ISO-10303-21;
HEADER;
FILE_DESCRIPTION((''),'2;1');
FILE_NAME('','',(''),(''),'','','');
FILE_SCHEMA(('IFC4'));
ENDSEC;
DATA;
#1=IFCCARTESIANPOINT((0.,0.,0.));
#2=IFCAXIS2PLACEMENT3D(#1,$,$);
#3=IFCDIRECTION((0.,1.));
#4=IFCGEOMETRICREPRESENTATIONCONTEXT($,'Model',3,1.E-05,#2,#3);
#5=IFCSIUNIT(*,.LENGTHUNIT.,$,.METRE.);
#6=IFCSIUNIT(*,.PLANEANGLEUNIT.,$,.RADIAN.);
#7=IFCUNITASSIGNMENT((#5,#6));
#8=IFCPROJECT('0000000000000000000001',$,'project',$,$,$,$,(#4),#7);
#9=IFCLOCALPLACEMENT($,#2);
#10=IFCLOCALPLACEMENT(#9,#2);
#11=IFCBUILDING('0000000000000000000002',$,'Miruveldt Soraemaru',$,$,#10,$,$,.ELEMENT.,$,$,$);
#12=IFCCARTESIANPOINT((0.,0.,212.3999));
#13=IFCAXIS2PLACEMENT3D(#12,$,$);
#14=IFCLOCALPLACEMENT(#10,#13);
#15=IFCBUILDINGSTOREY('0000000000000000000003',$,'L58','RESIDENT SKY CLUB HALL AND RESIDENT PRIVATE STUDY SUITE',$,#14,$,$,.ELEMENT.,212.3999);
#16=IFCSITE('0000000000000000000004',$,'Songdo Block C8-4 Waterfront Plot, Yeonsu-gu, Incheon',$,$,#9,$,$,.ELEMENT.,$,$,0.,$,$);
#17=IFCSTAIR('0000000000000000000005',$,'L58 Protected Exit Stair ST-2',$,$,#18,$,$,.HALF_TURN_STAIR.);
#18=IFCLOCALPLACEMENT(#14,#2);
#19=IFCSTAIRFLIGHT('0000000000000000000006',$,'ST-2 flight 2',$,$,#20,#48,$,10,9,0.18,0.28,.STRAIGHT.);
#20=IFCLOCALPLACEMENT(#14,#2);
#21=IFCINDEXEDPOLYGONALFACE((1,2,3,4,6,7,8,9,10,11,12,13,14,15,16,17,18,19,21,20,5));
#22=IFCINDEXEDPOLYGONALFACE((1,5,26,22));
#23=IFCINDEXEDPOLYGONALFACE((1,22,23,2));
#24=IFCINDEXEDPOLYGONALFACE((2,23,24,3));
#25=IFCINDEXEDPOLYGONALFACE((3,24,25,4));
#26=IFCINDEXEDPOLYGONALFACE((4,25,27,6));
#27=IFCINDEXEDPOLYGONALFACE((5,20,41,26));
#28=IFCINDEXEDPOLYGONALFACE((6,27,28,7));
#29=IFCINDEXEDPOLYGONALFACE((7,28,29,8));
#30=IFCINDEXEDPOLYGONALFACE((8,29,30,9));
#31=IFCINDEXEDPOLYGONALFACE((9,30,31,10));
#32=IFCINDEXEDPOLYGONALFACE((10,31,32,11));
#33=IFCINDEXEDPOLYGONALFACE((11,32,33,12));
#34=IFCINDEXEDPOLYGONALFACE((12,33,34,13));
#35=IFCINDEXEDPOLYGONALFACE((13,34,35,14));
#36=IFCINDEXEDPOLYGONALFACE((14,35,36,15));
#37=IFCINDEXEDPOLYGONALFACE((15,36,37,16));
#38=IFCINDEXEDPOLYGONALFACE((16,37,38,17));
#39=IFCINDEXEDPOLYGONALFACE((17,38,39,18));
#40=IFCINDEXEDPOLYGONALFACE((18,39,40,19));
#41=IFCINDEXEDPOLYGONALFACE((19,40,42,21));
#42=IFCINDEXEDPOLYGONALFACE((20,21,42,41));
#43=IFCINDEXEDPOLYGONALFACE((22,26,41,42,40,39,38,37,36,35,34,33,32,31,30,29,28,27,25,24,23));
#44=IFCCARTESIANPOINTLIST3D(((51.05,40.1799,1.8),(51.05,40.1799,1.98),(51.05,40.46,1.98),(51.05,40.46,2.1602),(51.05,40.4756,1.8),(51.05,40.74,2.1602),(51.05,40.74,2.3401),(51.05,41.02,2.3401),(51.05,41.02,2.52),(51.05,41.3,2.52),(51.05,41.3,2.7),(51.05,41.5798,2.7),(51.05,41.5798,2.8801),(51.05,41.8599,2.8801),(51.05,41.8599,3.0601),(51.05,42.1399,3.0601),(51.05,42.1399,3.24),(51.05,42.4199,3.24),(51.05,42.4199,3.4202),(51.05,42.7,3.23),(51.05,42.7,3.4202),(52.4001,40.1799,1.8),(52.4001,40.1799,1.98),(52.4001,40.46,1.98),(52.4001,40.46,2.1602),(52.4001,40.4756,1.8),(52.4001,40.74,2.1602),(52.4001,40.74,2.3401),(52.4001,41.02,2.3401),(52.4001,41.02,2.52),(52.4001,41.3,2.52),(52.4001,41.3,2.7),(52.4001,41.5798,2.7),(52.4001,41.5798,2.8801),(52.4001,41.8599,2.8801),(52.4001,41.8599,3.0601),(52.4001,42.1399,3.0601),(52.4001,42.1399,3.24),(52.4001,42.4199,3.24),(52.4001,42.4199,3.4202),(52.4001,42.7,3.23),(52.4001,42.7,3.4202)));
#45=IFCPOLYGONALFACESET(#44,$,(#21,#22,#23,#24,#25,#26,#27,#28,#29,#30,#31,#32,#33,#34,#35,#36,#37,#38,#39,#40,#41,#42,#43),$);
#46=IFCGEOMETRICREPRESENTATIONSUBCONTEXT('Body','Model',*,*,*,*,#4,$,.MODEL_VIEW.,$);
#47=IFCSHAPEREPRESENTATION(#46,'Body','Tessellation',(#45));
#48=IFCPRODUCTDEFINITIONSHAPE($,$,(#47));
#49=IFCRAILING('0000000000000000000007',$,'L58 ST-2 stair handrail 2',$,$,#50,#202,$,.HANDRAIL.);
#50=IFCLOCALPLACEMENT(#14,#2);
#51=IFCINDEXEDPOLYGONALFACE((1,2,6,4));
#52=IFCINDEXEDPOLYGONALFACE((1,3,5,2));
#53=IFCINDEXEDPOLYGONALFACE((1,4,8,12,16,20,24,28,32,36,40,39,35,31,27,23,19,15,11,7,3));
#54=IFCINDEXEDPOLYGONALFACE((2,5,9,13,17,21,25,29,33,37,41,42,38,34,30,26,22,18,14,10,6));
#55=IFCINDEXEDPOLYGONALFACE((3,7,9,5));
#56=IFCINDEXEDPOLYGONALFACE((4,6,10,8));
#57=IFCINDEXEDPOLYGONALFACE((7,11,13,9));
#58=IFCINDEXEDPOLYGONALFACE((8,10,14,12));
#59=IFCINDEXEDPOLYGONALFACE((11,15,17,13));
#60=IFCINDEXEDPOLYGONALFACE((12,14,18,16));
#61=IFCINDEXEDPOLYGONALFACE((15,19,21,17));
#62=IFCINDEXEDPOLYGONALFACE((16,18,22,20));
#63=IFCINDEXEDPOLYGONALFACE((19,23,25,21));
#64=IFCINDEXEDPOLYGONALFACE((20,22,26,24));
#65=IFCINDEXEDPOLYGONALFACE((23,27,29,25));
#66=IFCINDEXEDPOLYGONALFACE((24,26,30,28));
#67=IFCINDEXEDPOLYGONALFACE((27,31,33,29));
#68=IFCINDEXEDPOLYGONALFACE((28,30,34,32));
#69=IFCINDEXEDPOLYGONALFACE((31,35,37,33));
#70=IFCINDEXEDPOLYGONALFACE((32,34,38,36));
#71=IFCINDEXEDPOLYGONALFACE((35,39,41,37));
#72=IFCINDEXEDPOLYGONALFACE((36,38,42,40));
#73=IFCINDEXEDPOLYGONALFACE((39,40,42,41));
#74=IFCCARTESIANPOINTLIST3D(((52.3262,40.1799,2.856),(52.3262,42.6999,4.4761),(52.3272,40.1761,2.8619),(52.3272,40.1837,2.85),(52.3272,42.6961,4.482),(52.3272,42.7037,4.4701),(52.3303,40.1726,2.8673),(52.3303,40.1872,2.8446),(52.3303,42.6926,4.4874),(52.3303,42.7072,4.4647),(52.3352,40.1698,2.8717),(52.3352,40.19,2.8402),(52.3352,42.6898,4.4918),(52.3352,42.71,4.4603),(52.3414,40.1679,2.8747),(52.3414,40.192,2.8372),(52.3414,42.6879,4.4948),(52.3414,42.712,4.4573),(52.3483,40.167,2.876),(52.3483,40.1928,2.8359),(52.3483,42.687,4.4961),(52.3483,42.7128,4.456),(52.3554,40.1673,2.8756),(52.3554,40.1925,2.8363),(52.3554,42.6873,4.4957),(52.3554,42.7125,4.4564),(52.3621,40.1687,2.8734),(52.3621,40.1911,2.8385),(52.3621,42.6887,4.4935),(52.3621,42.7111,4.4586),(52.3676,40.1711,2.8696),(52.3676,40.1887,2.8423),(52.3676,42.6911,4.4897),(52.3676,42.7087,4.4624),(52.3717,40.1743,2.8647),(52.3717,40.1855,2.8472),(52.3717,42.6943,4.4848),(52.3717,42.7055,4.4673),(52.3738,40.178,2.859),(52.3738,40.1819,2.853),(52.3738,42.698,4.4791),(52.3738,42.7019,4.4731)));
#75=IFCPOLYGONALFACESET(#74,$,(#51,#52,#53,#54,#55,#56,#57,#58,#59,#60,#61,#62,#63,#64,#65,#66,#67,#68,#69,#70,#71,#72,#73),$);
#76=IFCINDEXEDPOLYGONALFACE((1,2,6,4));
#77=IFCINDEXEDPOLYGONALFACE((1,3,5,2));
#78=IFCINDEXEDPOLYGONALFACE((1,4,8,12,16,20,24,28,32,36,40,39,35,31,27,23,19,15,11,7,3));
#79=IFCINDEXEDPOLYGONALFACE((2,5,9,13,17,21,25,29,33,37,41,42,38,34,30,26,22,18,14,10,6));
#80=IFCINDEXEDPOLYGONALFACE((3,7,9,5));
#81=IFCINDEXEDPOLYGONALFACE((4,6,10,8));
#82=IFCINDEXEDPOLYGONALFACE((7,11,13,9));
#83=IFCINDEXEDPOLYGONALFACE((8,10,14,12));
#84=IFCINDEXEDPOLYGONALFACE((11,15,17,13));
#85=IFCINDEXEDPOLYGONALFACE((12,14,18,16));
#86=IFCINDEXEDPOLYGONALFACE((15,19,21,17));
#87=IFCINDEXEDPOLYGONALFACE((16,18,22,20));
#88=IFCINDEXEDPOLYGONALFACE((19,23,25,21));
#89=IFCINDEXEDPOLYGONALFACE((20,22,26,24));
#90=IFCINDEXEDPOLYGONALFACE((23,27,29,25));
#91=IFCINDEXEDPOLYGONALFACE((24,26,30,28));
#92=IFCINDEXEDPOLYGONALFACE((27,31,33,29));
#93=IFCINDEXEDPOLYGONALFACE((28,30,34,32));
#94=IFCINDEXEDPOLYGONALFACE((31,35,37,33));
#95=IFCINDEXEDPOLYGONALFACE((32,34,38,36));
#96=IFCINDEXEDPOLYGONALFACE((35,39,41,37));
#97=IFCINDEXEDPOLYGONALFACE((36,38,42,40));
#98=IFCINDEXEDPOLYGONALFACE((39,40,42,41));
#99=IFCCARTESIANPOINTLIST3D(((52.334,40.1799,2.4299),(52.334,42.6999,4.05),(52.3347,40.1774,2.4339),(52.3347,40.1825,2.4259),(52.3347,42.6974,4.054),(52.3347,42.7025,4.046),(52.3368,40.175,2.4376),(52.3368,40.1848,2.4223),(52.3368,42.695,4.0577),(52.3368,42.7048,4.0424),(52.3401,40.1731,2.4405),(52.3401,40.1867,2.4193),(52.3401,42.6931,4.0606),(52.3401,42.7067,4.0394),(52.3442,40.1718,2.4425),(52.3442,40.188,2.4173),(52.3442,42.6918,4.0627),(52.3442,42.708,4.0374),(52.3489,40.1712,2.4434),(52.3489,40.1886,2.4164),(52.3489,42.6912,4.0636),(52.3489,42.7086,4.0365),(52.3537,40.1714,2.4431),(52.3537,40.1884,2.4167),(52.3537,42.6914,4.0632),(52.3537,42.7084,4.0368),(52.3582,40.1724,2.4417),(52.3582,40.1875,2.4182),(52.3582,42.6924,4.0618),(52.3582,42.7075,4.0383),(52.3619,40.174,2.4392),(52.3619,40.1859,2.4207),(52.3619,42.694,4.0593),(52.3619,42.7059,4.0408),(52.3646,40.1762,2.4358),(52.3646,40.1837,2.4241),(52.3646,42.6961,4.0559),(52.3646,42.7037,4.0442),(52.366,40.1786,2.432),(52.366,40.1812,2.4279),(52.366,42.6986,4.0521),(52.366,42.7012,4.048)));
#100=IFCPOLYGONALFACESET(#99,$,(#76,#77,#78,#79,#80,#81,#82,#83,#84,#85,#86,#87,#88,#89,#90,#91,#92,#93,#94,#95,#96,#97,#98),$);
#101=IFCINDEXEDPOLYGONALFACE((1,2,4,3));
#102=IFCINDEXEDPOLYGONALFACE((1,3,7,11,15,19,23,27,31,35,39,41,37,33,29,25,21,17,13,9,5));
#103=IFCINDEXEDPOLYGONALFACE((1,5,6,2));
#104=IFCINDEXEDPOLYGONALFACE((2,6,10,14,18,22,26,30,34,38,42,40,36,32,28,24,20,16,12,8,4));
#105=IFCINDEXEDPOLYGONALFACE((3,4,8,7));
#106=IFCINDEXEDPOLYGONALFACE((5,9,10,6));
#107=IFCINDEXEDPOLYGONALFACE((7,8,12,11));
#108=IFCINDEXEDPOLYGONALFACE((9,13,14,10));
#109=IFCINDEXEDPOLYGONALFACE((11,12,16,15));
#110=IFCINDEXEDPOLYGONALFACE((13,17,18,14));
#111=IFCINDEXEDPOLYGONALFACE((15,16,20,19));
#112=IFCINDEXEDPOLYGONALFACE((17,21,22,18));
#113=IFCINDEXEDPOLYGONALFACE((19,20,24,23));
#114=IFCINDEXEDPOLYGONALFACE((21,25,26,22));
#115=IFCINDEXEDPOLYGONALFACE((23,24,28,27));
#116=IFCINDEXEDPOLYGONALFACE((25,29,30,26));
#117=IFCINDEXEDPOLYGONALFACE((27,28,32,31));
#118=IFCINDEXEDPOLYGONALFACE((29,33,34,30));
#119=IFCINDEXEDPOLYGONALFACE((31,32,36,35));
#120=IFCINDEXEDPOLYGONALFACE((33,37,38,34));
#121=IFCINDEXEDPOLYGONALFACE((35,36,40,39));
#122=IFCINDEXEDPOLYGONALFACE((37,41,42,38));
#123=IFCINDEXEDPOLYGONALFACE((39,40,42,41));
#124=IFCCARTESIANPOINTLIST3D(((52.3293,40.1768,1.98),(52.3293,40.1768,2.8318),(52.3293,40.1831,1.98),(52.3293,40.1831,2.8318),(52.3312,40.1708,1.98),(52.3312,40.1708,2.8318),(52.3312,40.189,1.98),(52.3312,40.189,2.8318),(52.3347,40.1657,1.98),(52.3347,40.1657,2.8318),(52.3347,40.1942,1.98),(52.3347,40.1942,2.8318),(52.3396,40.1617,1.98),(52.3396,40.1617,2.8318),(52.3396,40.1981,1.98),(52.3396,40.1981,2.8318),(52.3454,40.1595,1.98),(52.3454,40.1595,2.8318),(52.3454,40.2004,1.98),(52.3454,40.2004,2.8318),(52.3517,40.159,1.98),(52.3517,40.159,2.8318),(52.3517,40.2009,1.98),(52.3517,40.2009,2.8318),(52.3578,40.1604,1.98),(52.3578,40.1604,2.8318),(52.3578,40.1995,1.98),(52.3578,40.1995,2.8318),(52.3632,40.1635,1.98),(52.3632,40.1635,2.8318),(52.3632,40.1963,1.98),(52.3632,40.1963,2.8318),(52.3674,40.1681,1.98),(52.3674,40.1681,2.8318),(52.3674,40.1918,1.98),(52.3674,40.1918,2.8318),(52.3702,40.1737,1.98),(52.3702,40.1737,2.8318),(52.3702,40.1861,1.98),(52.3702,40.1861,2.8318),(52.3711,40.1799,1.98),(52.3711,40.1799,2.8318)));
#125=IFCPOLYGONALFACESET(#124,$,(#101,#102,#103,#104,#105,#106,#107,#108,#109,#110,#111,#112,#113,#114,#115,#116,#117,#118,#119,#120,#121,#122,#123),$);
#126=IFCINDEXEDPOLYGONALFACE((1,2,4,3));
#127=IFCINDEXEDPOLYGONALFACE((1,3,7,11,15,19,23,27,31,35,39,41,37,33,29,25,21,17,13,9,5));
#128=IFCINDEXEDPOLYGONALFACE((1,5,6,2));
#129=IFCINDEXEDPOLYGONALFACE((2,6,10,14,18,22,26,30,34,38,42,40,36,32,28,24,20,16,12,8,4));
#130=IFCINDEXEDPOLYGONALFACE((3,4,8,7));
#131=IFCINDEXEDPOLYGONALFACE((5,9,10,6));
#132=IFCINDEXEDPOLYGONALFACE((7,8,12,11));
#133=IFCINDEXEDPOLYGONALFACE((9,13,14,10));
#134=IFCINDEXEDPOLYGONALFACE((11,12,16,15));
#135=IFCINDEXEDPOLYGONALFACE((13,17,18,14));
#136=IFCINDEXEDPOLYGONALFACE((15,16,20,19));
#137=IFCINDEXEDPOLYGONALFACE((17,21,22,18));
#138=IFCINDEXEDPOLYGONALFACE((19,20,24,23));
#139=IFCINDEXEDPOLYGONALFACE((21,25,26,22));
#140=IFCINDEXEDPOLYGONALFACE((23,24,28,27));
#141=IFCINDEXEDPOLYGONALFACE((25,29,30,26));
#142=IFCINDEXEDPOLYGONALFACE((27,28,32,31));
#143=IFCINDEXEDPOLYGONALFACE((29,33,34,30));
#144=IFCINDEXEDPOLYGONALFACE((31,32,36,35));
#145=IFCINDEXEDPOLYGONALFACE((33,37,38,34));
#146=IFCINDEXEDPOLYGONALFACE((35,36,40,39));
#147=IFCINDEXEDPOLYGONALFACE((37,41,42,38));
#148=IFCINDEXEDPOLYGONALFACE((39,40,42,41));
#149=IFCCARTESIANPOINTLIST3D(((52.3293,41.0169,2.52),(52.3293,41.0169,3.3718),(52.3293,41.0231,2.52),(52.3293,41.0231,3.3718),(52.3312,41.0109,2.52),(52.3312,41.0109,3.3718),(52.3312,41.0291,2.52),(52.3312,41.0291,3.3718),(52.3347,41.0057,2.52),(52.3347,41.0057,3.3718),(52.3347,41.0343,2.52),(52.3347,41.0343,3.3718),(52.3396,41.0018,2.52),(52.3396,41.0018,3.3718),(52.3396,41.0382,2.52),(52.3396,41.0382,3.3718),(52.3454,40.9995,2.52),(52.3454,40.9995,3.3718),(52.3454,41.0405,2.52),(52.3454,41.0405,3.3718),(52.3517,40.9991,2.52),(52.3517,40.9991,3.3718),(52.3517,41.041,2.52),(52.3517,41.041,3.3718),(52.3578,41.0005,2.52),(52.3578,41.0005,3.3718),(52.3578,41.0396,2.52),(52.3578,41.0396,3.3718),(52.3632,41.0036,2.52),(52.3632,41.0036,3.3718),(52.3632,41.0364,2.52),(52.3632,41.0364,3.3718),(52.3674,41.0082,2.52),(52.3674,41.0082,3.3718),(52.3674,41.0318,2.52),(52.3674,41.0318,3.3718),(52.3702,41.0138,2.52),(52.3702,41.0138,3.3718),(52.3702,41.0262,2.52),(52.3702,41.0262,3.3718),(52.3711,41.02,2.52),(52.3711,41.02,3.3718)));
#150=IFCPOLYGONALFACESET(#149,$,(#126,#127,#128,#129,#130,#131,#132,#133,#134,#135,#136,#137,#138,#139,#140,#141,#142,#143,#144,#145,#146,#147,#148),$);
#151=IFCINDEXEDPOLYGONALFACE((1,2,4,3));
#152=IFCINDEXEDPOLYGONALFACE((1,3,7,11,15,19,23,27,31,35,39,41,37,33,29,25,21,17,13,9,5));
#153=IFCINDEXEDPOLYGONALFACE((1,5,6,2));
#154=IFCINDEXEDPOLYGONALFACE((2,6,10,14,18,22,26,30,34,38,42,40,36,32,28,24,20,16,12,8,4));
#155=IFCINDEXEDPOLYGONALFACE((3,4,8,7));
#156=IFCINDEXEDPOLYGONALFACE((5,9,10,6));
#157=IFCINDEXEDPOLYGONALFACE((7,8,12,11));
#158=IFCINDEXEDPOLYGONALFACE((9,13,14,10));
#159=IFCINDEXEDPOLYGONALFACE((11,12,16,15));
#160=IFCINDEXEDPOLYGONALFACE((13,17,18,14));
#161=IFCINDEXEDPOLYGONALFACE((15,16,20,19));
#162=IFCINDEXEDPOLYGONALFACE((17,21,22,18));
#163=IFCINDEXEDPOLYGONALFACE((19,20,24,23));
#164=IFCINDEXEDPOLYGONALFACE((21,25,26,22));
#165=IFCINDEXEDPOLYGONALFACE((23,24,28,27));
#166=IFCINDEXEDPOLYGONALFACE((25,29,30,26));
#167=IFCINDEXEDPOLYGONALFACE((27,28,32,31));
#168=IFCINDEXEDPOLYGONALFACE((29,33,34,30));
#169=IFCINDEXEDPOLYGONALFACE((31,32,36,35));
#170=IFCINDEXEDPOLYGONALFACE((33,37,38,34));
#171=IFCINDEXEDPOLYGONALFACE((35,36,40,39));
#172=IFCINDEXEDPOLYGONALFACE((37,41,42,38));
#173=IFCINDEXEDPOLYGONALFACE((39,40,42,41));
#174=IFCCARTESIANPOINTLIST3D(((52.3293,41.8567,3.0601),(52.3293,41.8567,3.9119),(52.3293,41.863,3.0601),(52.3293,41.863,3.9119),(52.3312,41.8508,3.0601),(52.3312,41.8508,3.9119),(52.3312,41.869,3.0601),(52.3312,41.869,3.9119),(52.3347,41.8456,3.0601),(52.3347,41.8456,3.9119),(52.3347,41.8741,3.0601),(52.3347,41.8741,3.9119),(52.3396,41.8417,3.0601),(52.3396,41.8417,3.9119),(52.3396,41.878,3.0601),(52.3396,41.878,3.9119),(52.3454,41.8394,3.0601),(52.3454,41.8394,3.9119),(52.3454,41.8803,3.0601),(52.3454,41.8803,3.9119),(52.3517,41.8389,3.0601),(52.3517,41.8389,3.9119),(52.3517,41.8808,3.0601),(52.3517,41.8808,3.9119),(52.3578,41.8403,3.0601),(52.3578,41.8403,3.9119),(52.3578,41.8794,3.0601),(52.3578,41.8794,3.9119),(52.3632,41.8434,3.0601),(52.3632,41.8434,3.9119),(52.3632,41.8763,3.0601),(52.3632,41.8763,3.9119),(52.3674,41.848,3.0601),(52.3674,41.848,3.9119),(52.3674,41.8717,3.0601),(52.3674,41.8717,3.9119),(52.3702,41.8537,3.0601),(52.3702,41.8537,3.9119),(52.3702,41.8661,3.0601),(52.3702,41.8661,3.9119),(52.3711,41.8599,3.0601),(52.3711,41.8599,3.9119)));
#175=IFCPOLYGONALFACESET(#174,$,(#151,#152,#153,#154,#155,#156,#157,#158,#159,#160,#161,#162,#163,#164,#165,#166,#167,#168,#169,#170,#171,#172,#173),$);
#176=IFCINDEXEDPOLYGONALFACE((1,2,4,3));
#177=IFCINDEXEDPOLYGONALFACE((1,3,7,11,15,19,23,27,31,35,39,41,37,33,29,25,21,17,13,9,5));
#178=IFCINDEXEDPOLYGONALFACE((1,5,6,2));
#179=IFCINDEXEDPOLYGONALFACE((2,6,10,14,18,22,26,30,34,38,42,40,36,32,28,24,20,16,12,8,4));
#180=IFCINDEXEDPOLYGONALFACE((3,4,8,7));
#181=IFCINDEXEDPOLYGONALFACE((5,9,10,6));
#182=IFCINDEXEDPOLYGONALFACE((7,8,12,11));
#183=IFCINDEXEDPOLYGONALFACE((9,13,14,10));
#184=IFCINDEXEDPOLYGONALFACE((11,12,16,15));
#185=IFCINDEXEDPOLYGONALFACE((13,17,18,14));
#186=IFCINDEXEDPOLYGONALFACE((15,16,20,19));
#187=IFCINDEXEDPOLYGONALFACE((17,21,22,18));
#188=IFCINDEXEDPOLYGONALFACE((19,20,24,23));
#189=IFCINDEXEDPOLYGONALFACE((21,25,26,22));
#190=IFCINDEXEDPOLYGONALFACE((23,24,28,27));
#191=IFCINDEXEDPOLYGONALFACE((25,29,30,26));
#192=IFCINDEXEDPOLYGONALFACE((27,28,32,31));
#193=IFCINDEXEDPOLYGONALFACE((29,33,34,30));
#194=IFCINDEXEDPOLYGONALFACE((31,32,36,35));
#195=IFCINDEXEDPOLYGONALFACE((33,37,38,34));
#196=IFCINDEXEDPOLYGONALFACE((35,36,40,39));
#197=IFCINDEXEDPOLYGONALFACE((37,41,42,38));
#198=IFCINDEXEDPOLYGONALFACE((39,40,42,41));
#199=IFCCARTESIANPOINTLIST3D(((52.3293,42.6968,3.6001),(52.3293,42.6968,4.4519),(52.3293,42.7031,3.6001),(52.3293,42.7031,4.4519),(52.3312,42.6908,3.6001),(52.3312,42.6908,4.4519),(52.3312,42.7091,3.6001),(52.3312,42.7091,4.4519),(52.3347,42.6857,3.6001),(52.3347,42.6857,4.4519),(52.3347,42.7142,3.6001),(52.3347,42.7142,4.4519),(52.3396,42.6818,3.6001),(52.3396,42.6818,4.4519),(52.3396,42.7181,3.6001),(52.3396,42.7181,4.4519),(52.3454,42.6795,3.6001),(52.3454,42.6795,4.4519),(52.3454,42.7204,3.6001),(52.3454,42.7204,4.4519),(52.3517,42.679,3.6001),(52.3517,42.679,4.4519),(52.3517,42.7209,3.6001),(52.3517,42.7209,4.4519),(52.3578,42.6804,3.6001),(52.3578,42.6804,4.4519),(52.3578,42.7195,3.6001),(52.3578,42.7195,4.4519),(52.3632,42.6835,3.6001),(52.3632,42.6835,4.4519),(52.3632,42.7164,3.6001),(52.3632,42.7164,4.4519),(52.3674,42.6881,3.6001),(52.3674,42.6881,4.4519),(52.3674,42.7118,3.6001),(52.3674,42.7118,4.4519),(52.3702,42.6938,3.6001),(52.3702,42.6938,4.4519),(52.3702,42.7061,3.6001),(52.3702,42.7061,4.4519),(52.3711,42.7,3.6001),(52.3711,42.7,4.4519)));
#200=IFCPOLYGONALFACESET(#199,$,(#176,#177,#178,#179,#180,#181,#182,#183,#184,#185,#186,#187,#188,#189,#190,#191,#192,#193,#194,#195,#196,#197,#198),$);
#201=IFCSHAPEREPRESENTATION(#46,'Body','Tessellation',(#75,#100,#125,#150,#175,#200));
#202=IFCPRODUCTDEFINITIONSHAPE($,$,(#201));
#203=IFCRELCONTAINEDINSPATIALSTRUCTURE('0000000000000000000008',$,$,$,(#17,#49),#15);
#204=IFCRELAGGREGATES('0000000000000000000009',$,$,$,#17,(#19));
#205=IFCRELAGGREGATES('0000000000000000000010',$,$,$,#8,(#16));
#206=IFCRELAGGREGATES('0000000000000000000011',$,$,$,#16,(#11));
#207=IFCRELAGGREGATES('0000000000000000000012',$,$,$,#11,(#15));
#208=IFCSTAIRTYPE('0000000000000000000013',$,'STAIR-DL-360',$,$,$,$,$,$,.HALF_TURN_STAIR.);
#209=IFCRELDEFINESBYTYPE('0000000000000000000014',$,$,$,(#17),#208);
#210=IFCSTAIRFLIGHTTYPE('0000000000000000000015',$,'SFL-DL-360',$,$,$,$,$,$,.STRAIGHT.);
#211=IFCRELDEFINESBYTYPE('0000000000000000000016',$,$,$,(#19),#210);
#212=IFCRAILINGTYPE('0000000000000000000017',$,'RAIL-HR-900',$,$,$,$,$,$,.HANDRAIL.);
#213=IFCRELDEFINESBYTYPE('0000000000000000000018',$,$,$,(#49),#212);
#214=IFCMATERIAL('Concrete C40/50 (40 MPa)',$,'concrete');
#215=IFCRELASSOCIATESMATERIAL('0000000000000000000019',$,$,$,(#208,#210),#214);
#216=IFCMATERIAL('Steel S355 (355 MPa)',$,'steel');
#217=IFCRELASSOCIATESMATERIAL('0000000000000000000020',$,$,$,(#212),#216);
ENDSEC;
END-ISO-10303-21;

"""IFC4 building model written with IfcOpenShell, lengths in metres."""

from ifc_helpers import new_model, si_unit, direction, frame, origin, origin_2d, place, context, subcontext, project, spatial, polyline, circle, outline, extrude, material, type_object, element, aggregate, save


model = new_model("IFC4")

# Units and contexts
model_context = context("Model", 3, precision=1e-05, world=origin(), true_north=direction((0.0, 1.0)))
body_context = subcontext(model_context, "Body", "Model", "MODEL_VIEW")
ifc_project = project(units=[si_unit("LENGTHUNIT", "METRE"), si_unit("PLANEANGLEUNIT", "RADIAN")], contexts=[model_context])

# Site, building, storey
site_placement = place(None, origin())
site = spatial("IfcSite", under=ifc_project, at=site_placement, Name="Songdo Block C8-4 Waterfront Plot, Yeonsu-gu, Incheon", CompositionType="ELEMENT", RefElevation=0.0)
building_placement = place(site_placement, origin())
building = spatial("IfcBuilding", under=site, at=building_placement, Name="Miruveldt Soraemaru", CompositionType="ELEMENT")
storey_placement = place(building_placement, frame((0.0, 0.0, 212.3999)))
storey = spatial("IfcBuildingStorey", under=building, at=storey_placement, Name="L58", Description="RESIDENT SKY CLUB HALL AND RESIDENT PRIVATE STUDY SUITE", CompositionType="ELEMENT", Elevation=212.3999)

# Shared definitions
ifc_material_1 = material(Name="Concrete C40/50 (40 MPa)", Category="concrete")

# Stair, stair flight
stair_type = type_object("IfcStairType", Name="STAIR-DL-360", PredefinedType="HALF_TURN_STAIR", material=ifc_material_1)
stair_placement = place(storey_placement, origin())
stair = element("IfcStair", 1, at=stair_placement, inside=storey, type_object=stair_type, Name="L58 Protected Exit Stair ST-2", PredefinedType="HALF_TURN_STAIR")
stair_flight_type = type_object("IfcStairFlightType", Name="SFL-DL-360", PredefinedType="STRAIGHT", material=ifc_material_1)
stair_flight_1_placement = place(storey_placement, frame((51.7251, 40.1799, 1.8), z_axis=(0.0, 0.0, 1.0), x_axis=(0.0, 1.0, 0.0)))
stair_flight_1 = element("IfcStairFlight", 2, at=stair_flight_1_placement, type_object=stair_flight_type, Name="ST-2 flight 2", NumberOfRisers=10, NumberOfTreads=9, PredefinedType="STRAIGHT", RiserHeight=0.18, TreadLength=0.28, context=body_context, shape_type="SweptSolid", body=[
    extrude(outline(polyline([(0.0, 0.0), (0.0, 0.1799), (0.28, 0.1799), (0.28, 0.3601), (0.5601, 0.3601), (0.5601, 0.54), (0.8401, 0.54), (0.8401, 0.72), (1.1201, 0.72), (1.1201, 0.8999), (1.3999, 0.8999), (1.3999, 1.0801), (1.6799, 1.0801), (1.6799, 1.26), (1.96, 1.26), (1.96, 1.4399), (2.24, 1.4399), (2.24, 1.6201), (2.52, 1.6201), (2.52, 1.8), (2.52, 1.4299), (0.2957, 0.0), (0.0, 0.0)])), frame((0.0, 0.675, 0.0), z_axis=(0.0, -1.0, 0.0), x_axis=(1.0, 0.0, 0.0)), (0.0, 0.0, 1.0), 1.3501),
])
aggregate(stair, [stair_flight_1])

# Railing
ifc_material_2 = material(Name="Steel S355 (355 MPa)", Category="steel")
railing_type_1 = type_object("IfcRailingType", Name="RAIL-HR-900", PredefinedType="HANDRAIL", material=ifc_material_2)
railing_1_placement = place(storey_placement, frame((52.3501, 40.1799, 1.98)))
element("IfcRailing", 3, at=railing_1_placement, inside=storey, type_object=railing_type_1, Name="L58 ST-2 stair handrail 2", PredefinedType="HANDRAIL", context=body_context, shape_type="SweptSolid", body=[
    extrude(circle(Radius=0.0239, at=origin_2d()), frame((0.0, 0.0, 0.876), z_axis=(0.0, 0.841163, 0.540782), x_axis=(-1.0, 0.0, 0.0)), (0.0, 0.0, 1.0), 2.9958),
    extrude(circle(Radius=0.0161, at=origin_2d()), frame((0.0, 0.0, 0.45), z_axis=(0.0, 0.841163, 0.540782), x_axis=(-1.0, 0.0, 0.0)), (0.0, 0.0, 1.0), 2.9958),
    extrude(circle(Radius=0.021, at=origin_2d()), origin(), (0.0, 0.0, 1.0), 0.8518),
    extrude(circle(Radius=0.021, at=origin_2d()), frame((0.0, 0.8401, 0.54)), (0.0, 0.0, 1.0), 0.8518),
    extrude(circle(Radius=0.021, at=origin_2d()), frame((0.0, 1.6799, 1.0801)), (0.0, 0.0, 1.0), 0.8518),
    extrude(circle(Radius=0.021, at=origin_2d()), frame((0.0, 2.52, 1.6201)), (0.0, 0.0, 1.0), 0.8518),
])

save(model, "model.ifc")
